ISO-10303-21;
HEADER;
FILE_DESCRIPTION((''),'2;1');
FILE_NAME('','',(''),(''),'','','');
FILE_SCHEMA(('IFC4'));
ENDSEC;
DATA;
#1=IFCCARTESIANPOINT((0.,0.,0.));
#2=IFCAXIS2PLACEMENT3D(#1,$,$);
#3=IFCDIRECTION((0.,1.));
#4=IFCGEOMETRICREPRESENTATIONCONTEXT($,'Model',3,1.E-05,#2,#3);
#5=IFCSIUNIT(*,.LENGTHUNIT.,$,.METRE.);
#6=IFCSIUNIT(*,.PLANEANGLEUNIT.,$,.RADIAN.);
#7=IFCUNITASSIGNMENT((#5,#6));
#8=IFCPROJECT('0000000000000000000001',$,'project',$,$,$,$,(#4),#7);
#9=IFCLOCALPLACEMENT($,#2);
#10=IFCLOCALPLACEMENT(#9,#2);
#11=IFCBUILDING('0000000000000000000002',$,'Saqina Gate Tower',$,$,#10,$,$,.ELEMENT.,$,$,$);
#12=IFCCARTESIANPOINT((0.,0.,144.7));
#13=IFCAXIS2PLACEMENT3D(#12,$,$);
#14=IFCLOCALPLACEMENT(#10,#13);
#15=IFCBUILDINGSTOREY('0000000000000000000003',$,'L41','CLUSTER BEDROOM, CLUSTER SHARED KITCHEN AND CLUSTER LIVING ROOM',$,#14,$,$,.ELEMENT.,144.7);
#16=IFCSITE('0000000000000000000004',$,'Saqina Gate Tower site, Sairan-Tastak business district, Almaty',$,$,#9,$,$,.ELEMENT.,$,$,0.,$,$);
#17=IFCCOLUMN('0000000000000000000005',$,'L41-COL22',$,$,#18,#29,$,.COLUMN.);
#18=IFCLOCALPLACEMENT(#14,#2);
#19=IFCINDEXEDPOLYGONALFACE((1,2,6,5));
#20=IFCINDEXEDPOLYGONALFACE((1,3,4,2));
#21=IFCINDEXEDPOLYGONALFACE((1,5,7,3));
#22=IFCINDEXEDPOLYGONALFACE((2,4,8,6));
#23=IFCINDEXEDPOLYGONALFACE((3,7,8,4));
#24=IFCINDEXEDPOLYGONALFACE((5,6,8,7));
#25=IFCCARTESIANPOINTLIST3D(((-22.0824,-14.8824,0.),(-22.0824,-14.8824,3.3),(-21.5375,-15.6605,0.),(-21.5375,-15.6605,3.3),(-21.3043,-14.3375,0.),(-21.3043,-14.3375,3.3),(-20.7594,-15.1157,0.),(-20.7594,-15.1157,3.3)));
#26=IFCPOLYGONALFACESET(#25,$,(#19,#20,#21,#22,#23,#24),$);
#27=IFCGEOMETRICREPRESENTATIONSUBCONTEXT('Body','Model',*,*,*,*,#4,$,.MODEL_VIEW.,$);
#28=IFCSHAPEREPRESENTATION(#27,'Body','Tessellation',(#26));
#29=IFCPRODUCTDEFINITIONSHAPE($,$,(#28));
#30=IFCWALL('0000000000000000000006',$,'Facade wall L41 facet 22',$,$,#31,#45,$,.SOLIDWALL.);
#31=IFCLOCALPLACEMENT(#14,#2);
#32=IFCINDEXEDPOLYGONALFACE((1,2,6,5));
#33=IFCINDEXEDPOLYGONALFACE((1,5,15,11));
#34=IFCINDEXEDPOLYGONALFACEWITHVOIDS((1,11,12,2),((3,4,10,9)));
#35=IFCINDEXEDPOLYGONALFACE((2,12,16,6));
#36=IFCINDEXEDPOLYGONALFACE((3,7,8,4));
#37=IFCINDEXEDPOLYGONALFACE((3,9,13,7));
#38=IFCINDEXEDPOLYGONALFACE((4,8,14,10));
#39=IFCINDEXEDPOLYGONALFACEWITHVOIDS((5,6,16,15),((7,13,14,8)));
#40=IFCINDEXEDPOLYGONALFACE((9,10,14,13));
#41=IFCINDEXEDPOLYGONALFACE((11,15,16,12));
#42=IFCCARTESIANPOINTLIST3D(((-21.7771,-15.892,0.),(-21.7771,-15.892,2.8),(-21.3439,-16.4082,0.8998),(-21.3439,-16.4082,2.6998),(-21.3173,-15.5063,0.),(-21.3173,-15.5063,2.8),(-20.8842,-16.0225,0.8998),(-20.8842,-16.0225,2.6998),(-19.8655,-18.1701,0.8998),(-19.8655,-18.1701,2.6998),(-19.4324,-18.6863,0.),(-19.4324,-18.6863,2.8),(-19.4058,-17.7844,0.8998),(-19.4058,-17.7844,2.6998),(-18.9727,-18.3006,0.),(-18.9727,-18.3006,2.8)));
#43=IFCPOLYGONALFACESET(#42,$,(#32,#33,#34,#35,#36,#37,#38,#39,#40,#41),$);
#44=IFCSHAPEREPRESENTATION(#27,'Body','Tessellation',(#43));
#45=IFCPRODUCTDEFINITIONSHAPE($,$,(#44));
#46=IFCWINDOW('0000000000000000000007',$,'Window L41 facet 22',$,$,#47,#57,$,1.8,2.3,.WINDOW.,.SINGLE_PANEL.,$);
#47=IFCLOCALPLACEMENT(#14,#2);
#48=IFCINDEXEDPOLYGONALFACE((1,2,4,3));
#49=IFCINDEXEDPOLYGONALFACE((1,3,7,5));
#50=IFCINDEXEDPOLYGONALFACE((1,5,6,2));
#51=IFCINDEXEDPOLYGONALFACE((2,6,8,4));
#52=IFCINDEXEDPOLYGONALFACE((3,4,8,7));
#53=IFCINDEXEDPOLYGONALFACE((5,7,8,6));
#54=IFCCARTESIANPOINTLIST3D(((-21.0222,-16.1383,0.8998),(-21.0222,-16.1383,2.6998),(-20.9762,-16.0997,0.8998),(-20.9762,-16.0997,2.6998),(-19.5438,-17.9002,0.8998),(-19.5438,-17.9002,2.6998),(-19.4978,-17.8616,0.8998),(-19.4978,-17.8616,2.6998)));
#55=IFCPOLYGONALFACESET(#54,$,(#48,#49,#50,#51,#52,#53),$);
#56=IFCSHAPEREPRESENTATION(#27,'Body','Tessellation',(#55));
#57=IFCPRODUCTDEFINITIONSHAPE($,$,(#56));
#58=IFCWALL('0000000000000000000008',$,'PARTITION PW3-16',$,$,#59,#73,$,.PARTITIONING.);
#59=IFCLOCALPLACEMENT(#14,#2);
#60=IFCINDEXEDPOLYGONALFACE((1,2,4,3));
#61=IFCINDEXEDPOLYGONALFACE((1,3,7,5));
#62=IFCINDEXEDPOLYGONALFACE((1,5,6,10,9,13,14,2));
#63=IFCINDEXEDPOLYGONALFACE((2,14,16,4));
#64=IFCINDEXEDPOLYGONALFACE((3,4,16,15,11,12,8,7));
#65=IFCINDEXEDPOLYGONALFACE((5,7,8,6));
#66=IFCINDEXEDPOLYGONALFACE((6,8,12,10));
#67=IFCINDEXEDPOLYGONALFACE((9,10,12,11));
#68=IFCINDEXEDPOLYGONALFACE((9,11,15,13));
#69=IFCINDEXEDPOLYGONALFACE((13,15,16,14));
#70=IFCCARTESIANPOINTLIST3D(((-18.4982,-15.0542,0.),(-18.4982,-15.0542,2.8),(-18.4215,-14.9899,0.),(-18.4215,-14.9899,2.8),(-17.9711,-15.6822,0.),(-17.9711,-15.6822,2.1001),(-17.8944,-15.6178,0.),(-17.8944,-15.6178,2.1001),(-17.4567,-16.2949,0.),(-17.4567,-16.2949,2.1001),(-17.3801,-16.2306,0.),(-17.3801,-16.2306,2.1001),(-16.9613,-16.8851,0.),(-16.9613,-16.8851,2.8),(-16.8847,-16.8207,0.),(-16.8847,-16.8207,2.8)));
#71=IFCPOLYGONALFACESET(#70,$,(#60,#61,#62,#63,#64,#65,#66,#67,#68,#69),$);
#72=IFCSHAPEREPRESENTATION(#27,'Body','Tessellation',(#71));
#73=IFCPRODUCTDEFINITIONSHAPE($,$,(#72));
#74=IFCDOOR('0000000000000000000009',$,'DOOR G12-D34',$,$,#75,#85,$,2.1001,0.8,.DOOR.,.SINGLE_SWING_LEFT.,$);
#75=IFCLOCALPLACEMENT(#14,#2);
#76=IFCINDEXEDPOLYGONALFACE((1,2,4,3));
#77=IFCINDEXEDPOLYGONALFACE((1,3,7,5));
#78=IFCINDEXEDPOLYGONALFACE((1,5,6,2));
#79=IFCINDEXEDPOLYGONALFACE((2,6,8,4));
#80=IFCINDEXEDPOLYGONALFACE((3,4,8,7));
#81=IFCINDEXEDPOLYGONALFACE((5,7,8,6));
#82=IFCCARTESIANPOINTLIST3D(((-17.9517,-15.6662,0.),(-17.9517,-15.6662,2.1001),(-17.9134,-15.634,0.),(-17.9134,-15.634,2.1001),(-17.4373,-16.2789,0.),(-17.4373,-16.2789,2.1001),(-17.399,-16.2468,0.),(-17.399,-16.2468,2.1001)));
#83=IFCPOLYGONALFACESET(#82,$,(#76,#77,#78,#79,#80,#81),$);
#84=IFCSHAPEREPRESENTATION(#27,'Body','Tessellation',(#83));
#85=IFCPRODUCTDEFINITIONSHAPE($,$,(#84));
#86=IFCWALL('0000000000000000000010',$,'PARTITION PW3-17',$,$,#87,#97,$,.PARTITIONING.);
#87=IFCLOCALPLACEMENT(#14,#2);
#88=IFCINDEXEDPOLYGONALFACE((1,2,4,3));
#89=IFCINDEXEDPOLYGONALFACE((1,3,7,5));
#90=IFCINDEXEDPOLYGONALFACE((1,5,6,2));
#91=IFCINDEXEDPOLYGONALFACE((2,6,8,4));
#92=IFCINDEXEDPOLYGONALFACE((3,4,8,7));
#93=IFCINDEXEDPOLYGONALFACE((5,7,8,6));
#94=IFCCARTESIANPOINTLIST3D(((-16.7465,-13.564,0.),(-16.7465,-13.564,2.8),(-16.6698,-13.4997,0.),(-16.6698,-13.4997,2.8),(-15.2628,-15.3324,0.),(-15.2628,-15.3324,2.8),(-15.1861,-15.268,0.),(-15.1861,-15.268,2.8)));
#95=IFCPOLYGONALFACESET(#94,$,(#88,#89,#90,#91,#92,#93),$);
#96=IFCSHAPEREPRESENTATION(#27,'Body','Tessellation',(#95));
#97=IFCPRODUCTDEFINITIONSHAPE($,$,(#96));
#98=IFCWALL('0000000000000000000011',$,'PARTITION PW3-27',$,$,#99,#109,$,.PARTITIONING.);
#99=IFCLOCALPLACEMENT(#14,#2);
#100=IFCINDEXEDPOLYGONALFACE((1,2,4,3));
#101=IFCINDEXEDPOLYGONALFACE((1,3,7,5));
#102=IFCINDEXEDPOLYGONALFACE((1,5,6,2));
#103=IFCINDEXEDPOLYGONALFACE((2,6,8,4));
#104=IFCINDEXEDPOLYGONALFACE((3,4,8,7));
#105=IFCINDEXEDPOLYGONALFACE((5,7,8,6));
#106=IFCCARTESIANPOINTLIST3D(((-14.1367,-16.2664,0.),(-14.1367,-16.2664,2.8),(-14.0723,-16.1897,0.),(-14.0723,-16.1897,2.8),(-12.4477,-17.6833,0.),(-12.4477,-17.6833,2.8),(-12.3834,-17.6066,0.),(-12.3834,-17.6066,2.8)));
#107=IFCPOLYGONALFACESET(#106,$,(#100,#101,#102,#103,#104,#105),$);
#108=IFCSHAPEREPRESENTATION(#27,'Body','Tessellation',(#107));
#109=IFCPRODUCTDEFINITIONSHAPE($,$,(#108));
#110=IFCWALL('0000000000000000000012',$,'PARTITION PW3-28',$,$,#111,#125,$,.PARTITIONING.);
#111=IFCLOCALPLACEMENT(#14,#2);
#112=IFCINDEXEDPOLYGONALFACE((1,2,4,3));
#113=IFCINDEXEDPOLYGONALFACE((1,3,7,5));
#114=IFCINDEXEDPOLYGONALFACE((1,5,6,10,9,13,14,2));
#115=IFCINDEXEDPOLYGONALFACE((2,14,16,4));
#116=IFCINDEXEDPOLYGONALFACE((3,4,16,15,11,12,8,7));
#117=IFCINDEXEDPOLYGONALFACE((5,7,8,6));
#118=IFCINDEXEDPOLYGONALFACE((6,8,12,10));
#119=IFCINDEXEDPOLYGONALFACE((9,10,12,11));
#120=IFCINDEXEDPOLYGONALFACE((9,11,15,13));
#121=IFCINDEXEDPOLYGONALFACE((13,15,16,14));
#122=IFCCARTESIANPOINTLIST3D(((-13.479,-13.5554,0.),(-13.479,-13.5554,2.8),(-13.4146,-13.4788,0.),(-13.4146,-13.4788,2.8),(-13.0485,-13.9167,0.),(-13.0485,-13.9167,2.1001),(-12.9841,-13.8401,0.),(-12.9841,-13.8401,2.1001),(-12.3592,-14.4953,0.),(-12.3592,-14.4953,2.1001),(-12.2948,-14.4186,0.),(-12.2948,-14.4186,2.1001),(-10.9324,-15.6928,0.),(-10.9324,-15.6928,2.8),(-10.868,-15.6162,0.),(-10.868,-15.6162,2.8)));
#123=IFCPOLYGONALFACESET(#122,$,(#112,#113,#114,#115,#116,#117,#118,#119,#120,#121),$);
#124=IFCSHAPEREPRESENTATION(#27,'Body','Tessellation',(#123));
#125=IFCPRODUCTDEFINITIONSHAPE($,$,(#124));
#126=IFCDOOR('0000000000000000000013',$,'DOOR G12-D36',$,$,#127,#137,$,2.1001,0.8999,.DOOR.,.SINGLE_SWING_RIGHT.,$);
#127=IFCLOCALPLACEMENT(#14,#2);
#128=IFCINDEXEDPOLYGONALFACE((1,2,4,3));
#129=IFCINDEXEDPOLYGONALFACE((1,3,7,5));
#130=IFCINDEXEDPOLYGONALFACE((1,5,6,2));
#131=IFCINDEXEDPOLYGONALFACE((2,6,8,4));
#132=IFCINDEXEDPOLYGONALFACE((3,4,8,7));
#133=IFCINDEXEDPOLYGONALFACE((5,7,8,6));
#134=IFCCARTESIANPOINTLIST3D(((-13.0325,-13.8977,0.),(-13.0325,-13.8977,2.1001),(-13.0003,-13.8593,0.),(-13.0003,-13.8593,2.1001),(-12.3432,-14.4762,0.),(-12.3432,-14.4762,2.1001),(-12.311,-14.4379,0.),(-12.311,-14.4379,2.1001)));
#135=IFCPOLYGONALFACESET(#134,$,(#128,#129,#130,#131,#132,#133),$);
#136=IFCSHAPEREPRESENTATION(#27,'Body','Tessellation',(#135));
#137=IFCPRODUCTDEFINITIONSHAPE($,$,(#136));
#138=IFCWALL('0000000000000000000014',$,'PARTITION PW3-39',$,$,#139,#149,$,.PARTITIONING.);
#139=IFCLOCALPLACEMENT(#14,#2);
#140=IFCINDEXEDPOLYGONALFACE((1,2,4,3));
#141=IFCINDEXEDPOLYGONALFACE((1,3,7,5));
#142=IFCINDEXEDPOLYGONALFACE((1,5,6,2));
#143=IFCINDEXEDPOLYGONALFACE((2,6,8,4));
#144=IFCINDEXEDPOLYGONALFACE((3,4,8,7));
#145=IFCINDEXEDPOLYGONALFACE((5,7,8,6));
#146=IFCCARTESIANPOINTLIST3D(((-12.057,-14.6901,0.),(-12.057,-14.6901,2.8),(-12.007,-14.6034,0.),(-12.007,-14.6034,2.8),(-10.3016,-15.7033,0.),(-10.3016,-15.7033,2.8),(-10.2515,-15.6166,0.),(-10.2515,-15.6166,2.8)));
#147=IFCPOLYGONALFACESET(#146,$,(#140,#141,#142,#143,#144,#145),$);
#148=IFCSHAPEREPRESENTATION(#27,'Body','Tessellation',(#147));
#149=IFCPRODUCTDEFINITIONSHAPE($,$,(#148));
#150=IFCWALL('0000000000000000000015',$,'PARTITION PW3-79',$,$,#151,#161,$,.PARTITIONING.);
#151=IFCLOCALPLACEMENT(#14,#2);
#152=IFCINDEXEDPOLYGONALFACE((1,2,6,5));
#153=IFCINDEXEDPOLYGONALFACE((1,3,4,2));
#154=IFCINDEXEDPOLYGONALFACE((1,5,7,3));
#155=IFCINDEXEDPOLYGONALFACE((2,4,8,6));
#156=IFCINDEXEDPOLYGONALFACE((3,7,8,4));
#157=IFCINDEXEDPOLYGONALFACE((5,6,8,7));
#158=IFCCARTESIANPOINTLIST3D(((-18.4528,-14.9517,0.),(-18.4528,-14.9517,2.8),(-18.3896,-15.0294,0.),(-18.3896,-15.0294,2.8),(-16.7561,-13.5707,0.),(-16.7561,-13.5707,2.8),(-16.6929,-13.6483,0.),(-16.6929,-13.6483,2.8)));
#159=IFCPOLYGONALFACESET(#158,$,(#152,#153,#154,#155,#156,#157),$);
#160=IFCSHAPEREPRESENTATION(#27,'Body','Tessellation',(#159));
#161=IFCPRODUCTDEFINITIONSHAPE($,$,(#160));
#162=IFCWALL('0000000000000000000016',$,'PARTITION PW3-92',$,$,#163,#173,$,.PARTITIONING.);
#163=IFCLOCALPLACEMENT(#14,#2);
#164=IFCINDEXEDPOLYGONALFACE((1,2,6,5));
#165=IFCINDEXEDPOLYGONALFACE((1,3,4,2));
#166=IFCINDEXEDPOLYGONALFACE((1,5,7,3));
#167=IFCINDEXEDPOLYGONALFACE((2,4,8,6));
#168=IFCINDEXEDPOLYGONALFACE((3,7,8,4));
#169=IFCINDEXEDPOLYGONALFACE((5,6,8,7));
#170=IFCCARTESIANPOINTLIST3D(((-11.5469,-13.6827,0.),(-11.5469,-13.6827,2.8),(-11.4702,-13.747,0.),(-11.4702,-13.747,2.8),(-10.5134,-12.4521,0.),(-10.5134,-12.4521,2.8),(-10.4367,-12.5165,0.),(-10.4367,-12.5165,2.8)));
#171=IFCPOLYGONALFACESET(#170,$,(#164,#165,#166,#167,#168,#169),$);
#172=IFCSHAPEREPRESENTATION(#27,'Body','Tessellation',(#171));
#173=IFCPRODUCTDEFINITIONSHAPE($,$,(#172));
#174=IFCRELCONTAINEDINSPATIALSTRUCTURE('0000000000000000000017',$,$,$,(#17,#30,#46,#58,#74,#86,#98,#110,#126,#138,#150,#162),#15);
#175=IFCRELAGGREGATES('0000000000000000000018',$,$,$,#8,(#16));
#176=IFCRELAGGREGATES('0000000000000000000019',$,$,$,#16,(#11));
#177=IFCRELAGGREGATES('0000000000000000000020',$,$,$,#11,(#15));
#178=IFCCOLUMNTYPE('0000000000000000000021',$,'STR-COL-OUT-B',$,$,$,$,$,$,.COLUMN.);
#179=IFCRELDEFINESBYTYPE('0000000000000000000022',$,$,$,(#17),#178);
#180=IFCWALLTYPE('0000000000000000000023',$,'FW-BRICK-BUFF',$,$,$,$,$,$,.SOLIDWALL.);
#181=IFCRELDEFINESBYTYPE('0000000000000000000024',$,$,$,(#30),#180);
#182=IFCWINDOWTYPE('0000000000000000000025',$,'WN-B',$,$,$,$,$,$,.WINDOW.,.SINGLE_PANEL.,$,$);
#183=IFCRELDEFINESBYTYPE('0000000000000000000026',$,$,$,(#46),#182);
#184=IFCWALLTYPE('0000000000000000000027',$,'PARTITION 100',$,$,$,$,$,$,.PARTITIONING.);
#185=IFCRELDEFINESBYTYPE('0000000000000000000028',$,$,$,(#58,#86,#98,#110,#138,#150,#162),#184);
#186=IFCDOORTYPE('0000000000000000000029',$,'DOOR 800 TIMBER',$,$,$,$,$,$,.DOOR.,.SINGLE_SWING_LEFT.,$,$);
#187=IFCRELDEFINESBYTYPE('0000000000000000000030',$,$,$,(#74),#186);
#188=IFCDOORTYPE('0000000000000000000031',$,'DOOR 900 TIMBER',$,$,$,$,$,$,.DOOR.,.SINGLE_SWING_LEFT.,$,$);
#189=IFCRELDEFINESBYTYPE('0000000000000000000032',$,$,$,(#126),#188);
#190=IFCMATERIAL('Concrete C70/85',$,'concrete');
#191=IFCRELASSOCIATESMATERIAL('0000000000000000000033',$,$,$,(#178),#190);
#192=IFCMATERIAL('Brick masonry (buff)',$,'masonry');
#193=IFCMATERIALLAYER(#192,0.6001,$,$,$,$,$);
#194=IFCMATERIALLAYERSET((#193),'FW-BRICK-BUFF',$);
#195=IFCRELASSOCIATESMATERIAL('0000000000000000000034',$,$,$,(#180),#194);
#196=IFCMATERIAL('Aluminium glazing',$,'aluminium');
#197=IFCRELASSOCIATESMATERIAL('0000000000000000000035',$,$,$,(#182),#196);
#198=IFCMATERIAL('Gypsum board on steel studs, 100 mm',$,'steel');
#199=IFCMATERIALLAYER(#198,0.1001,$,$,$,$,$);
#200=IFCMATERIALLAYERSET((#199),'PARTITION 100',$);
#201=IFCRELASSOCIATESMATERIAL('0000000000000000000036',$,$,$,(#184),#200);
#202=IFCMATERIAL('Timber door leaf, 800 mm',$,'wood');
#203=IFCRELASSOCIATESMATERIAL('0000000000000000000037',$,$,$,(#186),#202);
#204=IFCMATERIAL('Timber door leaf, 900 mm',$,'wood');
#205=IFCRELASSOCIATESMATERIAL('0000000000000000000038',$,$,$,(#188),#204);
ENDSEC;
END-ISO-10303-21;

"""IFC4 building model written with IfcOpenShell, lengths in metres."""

from ifc_helpers import new_model, si_unit, direction, frame, frame_2d, origin, origin_2d, place, context, subcontext, project, spatial, rectangle, extrude, material, layer, layer_set, material_profile, profile_set, type_object, element, fill, save


model = new_model("IFC4")

# Units and contexts
model_context = context("Model", 3, precision=1e-05, world=origin(), true_north=direction((0.0, 1.0)))
body_context = subcontext(model_context, "Body", "Model", "MODEL_VIEW")
ifc_project = project(units=[si_unit("LENGTHUNIT", "METRE"), si_unit("PLANEANGLEUNIT", "RADIAN")], contexts=[model_context])

# Site, building, storey
site_placement = place(None, origin())
site = spatial("IfcSite", under=ifc_project, at=site_placement, Name="Saqina Gate Tower site, Sairan-Tastak business district, Almaty", CompositionType="ELEMENT", RefElevation=0.0)
building_placement = place(site_placement, origin())
building = spatial("IfcBuilding", under=site, at=building_placement, Name="Saqina Gate Tower", CompositionType="ELEMENT")
storey_placement = place(building_placement, frame((0.0, 0.0, 144.7)))
storey = spatial("IfcBuildingStorey", under=building, at=storey_placement, Name="L41", Description="CLUSTER BEDROOM, CLUSTER SHARED KITCHEN AND CLUSTER LIVING ROOM", CompositionType="ELEMENT", Elevation=144.7)

# Column
ifc_material_1 = material(Name="Concrete C70/85", Category="concrete")
ifc_material_profile = material_profile(ifc_material_1, rectangle(XDim=0.95, YDim=0.95, at=origin_2d()), Name="RC 950x950")
ifc_profile_set = profile_set([ifc_material_profile], Name="Concrete C70/85")
column_type = type_object("IfcColumnType", Name="STR-COL-OUT-B", PredefinedType="COLUMN", material=ifc_profile_set)
column_placement = place(storey_placement, frame((-21.4209, -14.999, 0.0), z_axis=(0.0, 0.0, 1.0), x_axis=(-0.819152, -0.573576, 0.0)))
element("IfcColumn", 1, at=column_placement, inside=storey, type_object=column_type, Name="L41-COL22", PredefinedType="COLUMN", context=body_context, shape_type="SweptSolid", body=[
    extrude(rectangle(XDim=0.95, YDim=0.95, at=origin_2d()), origin(), (0.0, 0.0, 1.0), 3.3),
])

# Wall, opening, window
ifc_material_2 = material(Name="Brick masonry (buff)", Category="masonry")
ifc_layer_1 = layer(ifc_material_2, 0.6001)
ifc_layer_set_1 = layer_set([ifc_layer_1], Name="FW-BRICK-BUFF")
wall_type_1 = type_object("IfcWallType", Name="FW-BRICK-BUFF", PredefinedType="SOLIDWALL", material=ifc_layer_set_1)
wall_1_placement = place(storey_placement, frame((-21.5471, -15.6992, 0.0), z_axis=(0.0, 0.0, 1.0), x_axis=(0.642774, -0.766055, 0.0)))
wall_1 = element("IfcWall", 2, at=wall_1_placement, inside=storey, type_object=wall_type_1, Name="Facade wall L41 facet 22", PredefinedType="SOLIDWALL", context=body_context, shape_type="SweptSolid", body=[
    extrude(rectangle(XDim=3.6477, YDim=0.6001, at=frame_2d((1.8237, 0.0))), origin(), (0.0, 0.0, 1.0), 2.8),
])
opening_1_placement = place(wall_1_placement, frame((0.6738, 0.0, 0.8999)))
opening_1 = element("IfcOpeningElement", 3, at=opening_1_placement, cuts=wall_1, PredefinedType="OPENING", context=body_context, shape_type="SweptSolid", body=[
    extrude(rectangle(XDim=2.3, YDim=1.8, at=frame_2d((1.1499, 0.8999))), frame((0.0, 0.312, 0.0), z_axis=(0.0, -1.0, 0.0), x_axis=(1.0, 0.0, 0.0)), (0.0, 0.0, 1.0), 0.624),
])
ifc_material_3 = material(Name="Aluminium glazing", Category="aluminium")
window_type = type_object("IfcWindowType", Name="WN-B", PartitioningType="SINGLE_PANEL", PredefinedType="WINDOW", material=ifc_material_3)
window_placement = place(opening_1_placement, origin())
window = element("IfcWindow", 4, at=window_placement, inside=storey, type_object=window_type, Name="Window L41 facet 22", OverallHeight=1.8, OverallWidth=2.3, PartitioningType="SINGLE_PANEL", PredefinedType="WINDOW", context=body_context, shape_type="SweptSolid", body=[
    extrude(rectangle(XDim=2.3, YDim=1.8, at=frame_2d((1.1499, 0.8999))), frame((0.0, 0.1799, 0.0), z_axis=(0.0, -1.0, 0.0), x_axis=(1.0, 0.0, 0.0)), (0.0, 0.0, 1.0), 0.0601),
])
fill(opening_1, window)

# Wall, opening, door
ifc_material_4 = material(Name="Gypsum board on steel studs, 100 mm", Category="steel")
ifc_layer_2 = layer(ifc_material_4, 0.1001)
ifc_layer_set_2 = layer_set([ifc_layer_2], Name="PARTITION 100")
wall_type_2 = type_object("IfcWallType", Name="PARTITION 100", PredefinedType="PARTITIONING", material=ifc_layer_set_2)
wall_2_placement = place(storey_placement, frame((-18.46, -15.022, 0.0), z_axis=(0.0, 0.0, 1.0), x_axis=(0.642943, -0.765914, 0.0)))
wall_2 = element("IfcWall", 5, at=wall_2_placement, inside=storey, type_object=wall_type_2, Name="PARTITION PW3-16", PredefinedType="PARTITIONING", context=body_context, shape_type="SweptSolid", body=[
    extrude(rectangle(XDim=2.3904, YDim=0.1001, at=frame_2d((1.1953, 0.0))), origin(), (0.0, 0.0, 1.0), 2.8),
])
opening_2_placement = place(wall_2_placement, frame((0.8201, 0.0, 0.0)))
opening_2 = element("IfcOpeningElement", 6, at=opening_2_placement, cuts=wall_2, PredefinedType="OPENING", context=body_context, shape_type="SweptSolid", body=[
    extrude(rectangle(XDim=0.8, YDim=2.1001, at=frame_2d((0.3999, 1.05))), frame((0.0, 0.062, 0.0), z_axis=(0.0, -1.0, 0.0), x_axis=(1.0, 0.0, 0.0)), (0.0, 0.0, 1.0), 0.124),
])
ifc_material_5 = material(Name="Timber door leaf, 800 mm", Category="wood")
door_type_1 = type_object("IfcDoorType", Name="DOOR 800 TIMBER", OperationType="SINGLE_SWING_LEFT", PredefinedType="DOOR", material=ifc_material_5)
door_1_placement = place(opening_2_placement, frame((0.8, 0.0, 0.0), z_axis=(0.0, 0.0, 1.0), x_axis=(-1.0, 0.0, 0.0)))
door_1 = element("IfcDoor", 7, at=door_1_placement, inside=storey, type_object=door_type_1, Name="DOOR G12-D34", OperationType="SINGLE_SWING_LEFT", OverallHeight=2.1001, OverallWidth=0.8, PredefinedType="DOOR", context=body_context, shape_type="SweptSolid", body=[
    extrude(rectangle(XDim=0.8, YDim=2.1001, at=frame_2d((0.3999, 1.05))), frame((0.0, 0.0249, 0.0), z_axis=(0.0, -1.0, 0.0), x_axis=(1.0, 0.0, 0.0)), (0.0, 0.0, 1.0), 0.05),
])
fill(opening_2, door_1)

# Walls
wall_3_placement = place(storey_placement, frame((-16.7083, -13.5317, 0.0), z_axis=(0.0, 0.0, 1.0), x_axis=(0.64275, -0.766076, 0.0)))
element("IfcWall", 8, at=wall_3_placement, inside=storey, type_object=wall_type_2, Name="PARTITION PW3-17", PredefinedType="PARTITIONING", context=body_context, shape_type="SweptSolid", body=[
    extrude(rectangle(XDim=2.3083, YDim=0.1001, at=frame_2d((1.1543, 0.0))), origin(), (0.0, 0.0, 1.0), 2.8),
])
wall_4_placement = place(storey_placement, frame((-14.1045, -16.228, 0.0), z_axis=(0.0, 0.0, 1.0), x_axis=(0.766093, -0.64273, 0.0)))
element("IfcWall", 9, at=wall_4_placement, inside=storey, type_object=wall_type_2, Name="PARTITION PW3-27", PredefinedType="PARTITIONING", context=body_context, shape_type="SweptSolid", body=[
    extrude(rectangle(XDim=2.2046, YDim=0.1001, at=frame_2d((1.1023, 0.0))), origin(), (0.0, 0.0, 1.0), 2.8),
])

# Wall, opening, door
wall_5_placement = place(storey_placement, frame((-13.4468, -13.5171, 0.0), z_axis=(0.0, 0.0, 1.0), x_axis=(0.765959, -0.642889, 0.0)))
wall_5 = element("IfcWall", 10, at=wall_5_placement, inside=storey, type_object=wall_type_2, Name="PARTITION PW3-28", PredefinedType="PARTITIONING", context=body_context, shape_type="SweptSolid", body=[
    extrude(rectangle(XDim=3.3247, YDim=0.1001, at=frame_2d((1.6624, 0.0))), origin(), (0.0, 0.0, 1.0), 2.8),
])
opening_3_placement = place(wall_5_placement, frame((0.562, 0.0, 0.0)))
opening_3 = element("IfcOpeningElement", 11, at=opening_3_placement, cuts=wall_5, PredefinedType="OPENING", context=body_context, shape_type="SweptSolid", body=[
    extrude(rectangle(XDim=0.8999, YDim=2.1001, at=frame_2d((0.45, 1.05))), frame((0.0, 0.062, 0.0), z_axis=(0.0, -1.0, 0.0), x_axis=(1.0, 0.0, 0.0)), (0.0, 0.0, 1.0), 0.124),
])
ifc_material_6 = material(Name="Timber door leaf, 900 mm", Category="wood")
door_type_2 = type_object("IfcDoorType", Name="DOOR 900 TIMBER", OperationType="SINGLE_SWING_LEFT", PredefinedType="DOOR", material=ifc_material_6)
door_2_placement = place(opening_3_placement, origin())
door_2 = element("IfcDoor", 12, at=door_2_placement, inside=storey, type_object=door_type_2, Name="DOOR G12-D36", OperationType="SINGLE_SWING_RIGHT", OverallHeight=2.1001, OverallWidth=0.8999, PredefinedType="DOOR", context=body_context, shape_type="SweptSolid", body=[
    extrude(rectangle(XDim=0.8999, YDim=2.1001, at=frame_2d((0.45, 1.05))), frame((0.0, 0.0249, 0.0), z_axis=(0.0, -1.0, 0.0), x_axis=(1.0, 0.0, 0.0)), (0.0, 0.0, 1.0), 0.05),
])
fill(opening_3, door_2)

# Walls
wall_6_placement = place(storey_placement, frame((-12.032, -14.6467, 0.0), z_axis=(0.0, 0.0, 1.0), x_axis=(0.866085, -0.499896, 0.0)))
element("IfcWall", 13, at=wall_6_placement, inside=storey, type_object=wall_type_2, Name="PARTITION PW3-39", PredefinedType="PARTITIONING", context=body_context, shape_type="SweptSolid", body=[
    extrude(rectangle(XDim=2.0269, YDim=0.1001, at=frame_2d((1.0134, 0.0))), origin(), (0.0, 0.0, 1.0), 2.8),
])
wall_7_placement = place(storey_placement, frame((-18.4211, -14.9905, 0.0), z_axis=(0.0, 0.0, 1.0), x_axis=(0.775561, 0.631273, 0.0)))
element("IfcWall", 14, at=wall_7_placement, inside=storey, type_object=wall_type_2, Name="PARTITION PW3-79", PredefinedType="PARTITIONING", context=body_context, shape_type="SweptSolid", body=[
    extrude(rectangle(XDim=2.1877, YDim=0.1001, at=frame_2d((1.0938, 0.0))), origin(), (0.0, 0.0, 1.0), 2.8),
])
wall_8_placement = place(storey_placement, frame((-11.5085, -13.7148, 0.0), z_axis=(0.0, 0.0, 1.0), x_axis=(0.643139, 0.76575, 0.0)))
element("IfcWall", 15, at=wall_8_placement, inside=storey, type_object=wall_type_2, Name="PARTITION PW3-92", PredefinedType="PARTITIONING", context=body_context, shape_type="SweptSolid", body=[
    extrude(rectangle(XDim=1.6069, YDim=0.1001, at=frame_2d((0.8035, 0.0))), origin(), (0.0, 0.0, 1.0), 2.8),
])

save(model, "model.ifc")
